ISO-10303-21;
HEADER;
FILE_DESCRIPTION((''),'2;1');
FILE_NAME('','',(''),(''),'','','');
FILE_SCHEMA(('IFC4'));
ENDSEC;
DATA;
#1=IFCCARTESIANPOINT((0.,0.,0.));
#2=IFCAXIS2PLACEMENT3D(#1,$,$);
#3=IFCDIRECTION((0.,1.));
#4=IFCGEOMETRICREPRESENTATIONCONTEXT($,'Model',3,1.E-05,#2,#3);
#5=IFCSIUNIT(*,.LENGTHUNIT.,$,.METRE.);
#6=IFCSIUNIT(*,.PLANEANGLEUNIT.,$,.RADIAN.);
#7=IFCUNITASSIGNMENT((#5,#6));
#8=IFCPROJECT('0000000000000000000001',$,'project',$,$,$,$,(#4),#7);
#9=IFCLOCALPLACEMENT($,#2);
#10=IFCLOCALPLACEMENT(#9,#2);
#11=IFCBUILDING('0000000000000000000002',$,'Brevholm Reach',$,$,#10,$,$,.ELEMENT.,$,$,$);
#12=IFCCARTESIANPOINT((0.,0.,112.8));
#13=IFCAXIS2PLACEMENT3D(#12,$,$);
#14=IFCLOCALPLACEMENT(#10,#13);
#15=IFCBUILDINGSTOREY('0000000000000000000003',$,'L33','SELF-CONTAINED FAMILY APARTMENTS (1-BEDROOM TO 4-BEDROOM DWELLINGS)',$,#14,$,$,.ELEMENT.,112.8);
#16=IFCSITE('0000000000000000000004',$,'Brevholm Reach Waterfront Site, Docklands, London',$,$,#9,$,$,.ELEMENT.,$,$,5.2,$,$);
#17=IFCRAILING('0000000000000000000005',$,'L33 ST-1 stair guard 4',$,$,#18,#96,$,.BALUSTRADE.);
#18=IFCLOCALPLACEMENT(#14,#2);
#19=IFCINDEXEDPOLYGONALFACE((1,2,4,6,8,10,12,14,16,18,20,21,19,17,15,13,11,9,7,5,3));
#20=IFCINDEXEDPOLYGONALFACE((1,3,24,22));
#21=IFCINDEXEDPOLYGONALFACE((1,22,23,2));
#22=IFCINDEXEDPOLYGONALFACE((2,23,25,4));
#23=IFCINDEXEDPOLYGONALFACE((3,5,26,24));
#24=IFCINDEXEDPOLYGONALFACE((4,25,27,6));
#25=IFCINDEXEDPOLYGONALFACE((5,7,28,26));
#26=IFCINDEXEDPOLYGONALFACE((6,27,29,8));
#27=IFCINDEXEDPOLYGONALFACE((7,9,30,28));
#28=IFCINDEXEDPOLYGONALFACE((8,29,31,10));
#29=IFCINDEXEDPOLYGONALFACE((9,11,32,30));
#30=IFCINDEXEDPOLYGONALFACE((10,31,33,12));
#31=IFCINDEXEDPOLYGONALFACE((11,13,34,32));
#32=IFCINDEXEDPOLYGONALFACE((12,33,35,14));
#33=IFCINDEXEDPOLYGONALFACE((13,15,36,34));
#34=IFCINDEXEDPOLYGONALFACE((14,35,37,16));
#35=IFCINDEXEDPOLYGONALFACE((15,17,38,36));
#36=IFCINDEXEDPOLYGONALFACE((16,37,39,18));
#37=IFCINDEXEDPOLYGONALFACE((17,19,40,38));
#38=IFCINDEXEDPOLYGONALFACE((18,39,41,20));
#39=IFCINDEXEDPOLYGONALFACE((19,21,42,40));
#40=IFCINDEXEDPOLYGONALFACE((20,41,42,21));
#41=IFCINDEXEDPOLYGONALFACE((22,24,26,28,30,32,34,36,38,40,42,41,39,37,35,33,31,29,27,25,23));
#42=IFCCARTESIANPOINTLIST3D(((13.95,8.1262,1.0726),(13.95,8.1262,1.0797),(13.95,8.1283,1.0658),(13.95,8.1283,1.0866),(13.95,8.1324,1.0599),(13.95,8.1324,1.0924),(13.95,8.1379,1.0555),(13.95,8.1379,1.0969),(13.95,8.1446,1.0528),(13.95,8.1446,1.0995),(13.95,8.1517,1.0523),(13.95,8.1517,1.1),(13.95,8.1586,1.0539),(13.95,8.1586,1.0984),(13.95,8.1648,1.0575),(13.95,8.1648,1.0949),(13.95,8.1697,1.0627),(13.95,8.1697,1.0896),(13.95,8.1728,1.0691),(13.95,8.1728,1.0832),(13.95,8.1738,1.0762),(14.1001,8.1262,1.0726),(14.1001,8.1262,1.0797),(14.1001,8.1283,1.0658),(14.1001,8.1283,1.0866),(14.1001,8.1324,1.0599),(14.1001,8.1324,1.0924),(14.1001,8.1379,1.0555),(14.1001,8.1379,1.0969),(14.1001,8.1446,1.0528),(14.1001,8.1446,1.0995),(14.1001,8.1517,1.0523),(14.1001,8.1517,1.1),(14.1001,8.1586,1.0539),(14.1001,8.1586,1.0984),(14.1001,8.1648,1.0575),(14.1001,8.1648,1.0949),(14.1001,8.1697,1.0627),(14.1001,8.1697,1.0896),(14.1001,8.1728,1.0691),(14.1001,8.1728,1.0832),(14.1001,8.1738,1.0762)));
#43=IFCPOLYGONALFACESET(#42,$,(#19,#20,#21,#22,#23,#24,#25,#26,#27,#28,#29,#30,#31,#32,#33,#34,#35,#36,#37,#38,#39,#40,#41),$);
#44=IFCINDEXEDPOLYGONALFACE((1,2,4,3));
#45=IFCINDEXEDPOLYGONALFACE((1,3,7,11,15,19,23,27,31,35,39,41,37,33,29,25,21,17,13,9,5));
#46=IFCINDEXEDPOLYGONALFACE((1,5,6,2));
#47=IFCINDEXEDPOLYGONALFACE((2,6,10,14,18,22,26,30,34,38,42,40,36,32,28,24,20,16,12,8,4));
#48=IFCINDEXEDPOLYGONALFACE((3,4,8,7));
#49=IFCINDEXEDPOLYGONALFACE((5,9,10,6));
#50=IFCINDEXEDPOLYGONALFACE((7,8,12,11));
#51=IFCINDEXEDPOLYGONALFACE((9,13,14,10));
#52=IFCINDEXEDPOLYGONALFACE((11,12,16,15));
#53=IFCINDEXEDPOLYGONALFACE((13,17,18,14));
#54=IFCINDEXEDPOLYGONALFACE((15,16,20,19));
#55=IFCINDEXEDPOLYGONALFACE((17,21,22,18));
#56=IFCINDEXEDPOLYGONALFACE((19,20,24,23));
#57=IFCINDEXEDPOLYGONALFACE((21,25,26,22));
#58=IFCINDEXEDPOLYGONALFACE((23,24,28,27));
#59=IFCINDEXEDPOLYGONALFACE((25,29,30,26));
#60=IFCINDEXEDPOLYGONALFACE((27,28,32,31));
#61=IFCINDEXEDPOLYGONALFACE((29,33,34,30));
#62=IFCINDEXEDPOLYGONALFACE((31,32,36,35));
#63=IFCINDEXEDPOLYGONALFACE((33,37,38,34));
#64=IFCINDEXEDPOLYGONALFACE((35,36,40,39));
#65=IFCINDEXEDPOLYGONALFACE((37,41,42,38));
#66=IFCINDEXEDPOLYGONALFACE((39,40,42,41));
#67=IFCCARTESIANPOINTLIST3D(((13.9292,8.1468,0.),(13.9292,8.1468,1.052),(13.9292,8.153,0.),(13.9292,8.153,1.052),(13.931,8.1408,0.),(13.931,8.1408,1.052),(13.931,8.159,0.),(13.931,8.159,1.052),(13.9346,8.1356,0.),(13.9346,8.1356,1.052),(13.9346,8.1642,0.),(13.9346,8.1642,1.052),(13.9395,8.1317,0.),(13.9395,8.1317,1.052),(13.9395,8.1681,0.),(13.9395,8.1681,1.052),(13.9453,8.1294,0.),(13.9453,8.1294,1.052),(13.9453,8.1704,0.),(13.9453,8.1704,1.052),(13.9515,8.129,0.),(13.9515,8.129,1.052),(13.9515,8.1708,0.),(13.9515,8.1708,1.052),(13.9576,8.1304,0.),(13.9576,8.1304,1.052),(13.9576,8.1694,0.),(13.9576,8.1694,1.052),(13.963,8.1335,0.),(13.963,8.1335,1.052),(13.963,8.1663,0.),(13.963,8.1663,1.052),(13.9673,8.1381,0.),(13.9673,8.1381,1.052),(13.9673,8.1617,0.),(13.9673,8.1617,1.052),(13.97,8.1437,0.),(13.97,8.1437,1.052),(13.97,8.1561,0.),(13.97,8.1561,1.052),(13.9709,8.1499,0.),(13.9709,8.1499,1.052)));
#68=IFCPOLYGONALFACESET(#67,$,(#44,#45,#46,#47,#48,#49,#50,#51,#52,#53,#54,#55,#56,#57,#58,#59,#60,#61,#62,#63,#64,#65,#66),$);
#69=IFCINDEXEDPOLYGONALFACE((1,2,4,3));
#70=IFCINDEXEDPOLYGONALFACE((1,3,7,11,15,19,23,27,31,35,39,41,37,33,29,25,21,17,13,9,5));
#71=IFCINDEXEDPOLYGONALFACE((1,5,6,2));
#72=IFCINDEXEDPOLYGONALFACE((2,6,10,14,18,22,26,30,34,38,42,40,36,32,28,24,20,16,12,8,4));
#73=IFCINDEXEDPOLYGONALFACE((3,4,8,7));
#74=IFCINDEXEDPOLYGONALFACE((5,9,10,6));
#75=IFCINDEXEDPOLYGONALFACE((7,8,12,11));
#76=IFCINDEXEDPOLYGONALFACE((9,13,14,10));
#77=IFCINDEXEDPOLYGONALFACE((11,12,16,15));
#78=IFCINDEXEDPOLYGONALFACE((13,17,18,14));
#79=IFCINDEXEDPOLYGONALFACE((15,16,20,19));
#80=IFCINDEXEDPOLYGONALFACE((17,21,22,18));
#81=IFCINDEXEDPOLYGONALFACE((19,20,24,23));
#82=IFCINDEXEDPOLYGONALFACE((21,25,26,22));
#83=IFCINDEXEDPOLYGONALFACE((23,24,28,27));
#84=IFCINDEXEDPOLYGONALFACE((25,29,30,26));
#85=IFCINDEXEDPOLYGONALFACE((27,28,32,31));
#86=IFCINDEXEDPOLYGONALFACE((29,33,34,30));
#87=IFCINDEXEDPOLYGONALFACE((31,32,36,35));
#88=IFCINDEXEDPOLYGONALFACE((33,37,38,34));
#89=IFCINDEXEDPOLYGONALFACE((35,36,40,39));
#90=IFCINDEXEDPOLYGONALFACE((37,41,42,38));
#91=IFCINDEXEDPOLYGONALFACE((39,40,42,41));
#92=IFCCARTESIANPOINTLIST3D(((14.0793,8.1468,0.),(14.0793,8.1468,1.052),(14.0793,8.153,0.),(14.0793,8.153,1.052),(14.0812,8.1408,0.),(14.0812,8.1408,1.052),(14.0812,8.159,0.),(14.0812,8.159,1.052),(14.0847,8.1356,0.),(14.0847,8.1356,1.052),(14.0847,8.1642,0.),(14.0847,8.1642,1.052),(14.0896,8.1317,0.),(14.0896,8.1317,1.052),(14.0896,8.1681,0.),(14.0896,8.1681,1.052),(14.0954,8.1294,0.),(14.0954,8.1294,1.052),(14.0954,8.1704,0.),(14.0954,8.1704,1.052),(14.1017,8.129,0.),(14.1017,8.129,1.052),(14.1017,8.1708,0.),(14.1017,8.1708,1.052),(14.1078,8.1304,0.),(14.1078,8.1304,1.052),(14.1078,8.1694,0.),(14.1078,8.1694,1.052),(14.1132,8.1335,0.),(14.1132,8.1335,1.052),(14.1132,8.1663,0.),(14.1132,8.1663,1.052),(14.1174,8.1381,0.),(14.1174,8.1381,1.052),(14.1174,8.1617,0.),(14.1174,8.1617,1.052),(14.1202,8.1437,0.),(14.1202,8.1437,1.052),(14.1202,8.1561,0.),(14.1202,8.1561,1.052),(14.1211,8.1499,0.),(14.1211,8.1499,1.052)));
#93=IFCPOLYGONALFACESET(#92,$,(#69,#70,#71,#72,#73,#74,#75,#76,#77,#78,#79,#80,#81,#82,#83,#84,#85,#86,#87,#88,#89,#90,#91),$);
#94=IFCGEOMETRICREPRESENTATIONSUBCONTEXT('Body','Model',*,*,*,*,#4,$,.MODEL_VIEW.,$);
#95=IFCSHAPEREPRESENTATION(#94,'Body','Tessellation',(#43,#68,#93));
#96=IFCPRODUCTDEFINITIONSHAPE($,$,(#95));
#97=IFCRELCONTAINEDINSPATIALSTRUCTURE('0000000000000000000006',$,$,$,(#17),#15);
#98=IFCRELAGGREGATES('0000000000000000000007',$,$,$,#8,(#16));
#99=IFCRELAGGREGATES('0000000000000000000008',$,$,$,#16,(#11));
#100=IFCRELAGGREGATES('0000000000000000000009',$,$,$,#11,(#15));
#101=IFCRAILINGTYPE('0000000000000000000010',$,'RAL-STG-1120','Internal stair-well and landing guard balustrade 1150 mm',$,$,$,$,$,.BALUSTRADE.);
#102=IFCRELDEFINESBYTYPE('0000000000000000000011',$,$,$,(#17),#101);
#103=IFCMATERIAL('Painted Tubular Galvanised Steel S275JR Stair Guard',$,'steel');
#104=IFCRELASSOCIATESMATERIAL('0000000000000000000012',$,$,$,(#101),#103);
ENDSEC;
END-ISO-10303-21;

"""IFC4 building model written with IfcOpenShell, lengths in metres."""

from ifc_helpers import new_model, si_unit, direction, frame, origin, origin_2d, place, context, subcontext, project, spatial, circle, extrude, material, type_object, element, save


model = new_model("IFC4")

# Units and contexts
model_context = context("Model", 3, precision=1e-05, world=origin(), true_north=direction((0.0, 1.0)))
body_context = subcontext(model_context, "Body", "Model", "MODEL_VIEW")
ifc_project = project(units=[si_unit("LENGTHUNIT", "METRE"), si_unit("PLANEANGLEUNIT", "RADIAN")], contexts=[model_context])

# Site, building, storey
site_placement = place(None, origin())
site = spatial("IfcSite", under=ifc_project, at=site_placement, Name="Brevholm Reach Waterfront Site, Docklands, London", CompositionType="ELEMENT", RefElevation=5.2)
building_placement = place(site_placement, origin())
building = spatial("IfcBuilding", under=site, at=building_placement, Name="Brevholm Reach", CompositionType="ELEMENT")
storey_placement = place(building_placement, frame((0.0, 0.0, 112.8)))
storey = spatial("IfcBuildingStorey", under=building, at=storey_placement, Name="L33", Description="SELF-CONTAINED FAMILY APARTMENTS (1-BEDROOM TO 4-BEDROOM DWELLINGS)", CompositionType="ELEMENT", Elevation=112.8)

# Railing
ifc_material_1 = material(Name="Painted Tubular Galvanised Steel S275JR Stair Guard", Category="steel")
railing_type_1 = type_object("IfcRailingType", Name="RAL-STG-1120", Description="Internal stair-well and landing guard balustrade 1150 mm", PredefinedType="BALUSTRADE", material=ifc_material_1)
railing_1_placement = place(storey_placement, frame((13.95, 8.1499, 0.0)))
element("IfcRailing", 1, at=railing_1_placement, inside=storey, type_object=railing_type_1, Name="L33 ST-1 stair guard 4", PredefinedType="BALUSTRADE", context=body_context, shape_type="SweptSolid", body=[
    extrude(circle(Radius=0.0239, at=origin_2d()), frame((0.0, 0.0, 1.0762), z_axis=(1.0, 0.0, 0.0), x_axis=(0.0, 1.0, 0.0)), (0.0, 0.0, 1.0), 0.1501),
    extrude(circle(Radius=0.021, at=origin_2d()), origin(), (0.0, 0.0, 1.0), 1.052),
    extrude(circle(Radius=0.021, at=origin_2d()), frame((0.1501, 0.0, 0.0)), (0.0, 0.0, 1.0), 1.052),
])

save(model, "model.ifc")
